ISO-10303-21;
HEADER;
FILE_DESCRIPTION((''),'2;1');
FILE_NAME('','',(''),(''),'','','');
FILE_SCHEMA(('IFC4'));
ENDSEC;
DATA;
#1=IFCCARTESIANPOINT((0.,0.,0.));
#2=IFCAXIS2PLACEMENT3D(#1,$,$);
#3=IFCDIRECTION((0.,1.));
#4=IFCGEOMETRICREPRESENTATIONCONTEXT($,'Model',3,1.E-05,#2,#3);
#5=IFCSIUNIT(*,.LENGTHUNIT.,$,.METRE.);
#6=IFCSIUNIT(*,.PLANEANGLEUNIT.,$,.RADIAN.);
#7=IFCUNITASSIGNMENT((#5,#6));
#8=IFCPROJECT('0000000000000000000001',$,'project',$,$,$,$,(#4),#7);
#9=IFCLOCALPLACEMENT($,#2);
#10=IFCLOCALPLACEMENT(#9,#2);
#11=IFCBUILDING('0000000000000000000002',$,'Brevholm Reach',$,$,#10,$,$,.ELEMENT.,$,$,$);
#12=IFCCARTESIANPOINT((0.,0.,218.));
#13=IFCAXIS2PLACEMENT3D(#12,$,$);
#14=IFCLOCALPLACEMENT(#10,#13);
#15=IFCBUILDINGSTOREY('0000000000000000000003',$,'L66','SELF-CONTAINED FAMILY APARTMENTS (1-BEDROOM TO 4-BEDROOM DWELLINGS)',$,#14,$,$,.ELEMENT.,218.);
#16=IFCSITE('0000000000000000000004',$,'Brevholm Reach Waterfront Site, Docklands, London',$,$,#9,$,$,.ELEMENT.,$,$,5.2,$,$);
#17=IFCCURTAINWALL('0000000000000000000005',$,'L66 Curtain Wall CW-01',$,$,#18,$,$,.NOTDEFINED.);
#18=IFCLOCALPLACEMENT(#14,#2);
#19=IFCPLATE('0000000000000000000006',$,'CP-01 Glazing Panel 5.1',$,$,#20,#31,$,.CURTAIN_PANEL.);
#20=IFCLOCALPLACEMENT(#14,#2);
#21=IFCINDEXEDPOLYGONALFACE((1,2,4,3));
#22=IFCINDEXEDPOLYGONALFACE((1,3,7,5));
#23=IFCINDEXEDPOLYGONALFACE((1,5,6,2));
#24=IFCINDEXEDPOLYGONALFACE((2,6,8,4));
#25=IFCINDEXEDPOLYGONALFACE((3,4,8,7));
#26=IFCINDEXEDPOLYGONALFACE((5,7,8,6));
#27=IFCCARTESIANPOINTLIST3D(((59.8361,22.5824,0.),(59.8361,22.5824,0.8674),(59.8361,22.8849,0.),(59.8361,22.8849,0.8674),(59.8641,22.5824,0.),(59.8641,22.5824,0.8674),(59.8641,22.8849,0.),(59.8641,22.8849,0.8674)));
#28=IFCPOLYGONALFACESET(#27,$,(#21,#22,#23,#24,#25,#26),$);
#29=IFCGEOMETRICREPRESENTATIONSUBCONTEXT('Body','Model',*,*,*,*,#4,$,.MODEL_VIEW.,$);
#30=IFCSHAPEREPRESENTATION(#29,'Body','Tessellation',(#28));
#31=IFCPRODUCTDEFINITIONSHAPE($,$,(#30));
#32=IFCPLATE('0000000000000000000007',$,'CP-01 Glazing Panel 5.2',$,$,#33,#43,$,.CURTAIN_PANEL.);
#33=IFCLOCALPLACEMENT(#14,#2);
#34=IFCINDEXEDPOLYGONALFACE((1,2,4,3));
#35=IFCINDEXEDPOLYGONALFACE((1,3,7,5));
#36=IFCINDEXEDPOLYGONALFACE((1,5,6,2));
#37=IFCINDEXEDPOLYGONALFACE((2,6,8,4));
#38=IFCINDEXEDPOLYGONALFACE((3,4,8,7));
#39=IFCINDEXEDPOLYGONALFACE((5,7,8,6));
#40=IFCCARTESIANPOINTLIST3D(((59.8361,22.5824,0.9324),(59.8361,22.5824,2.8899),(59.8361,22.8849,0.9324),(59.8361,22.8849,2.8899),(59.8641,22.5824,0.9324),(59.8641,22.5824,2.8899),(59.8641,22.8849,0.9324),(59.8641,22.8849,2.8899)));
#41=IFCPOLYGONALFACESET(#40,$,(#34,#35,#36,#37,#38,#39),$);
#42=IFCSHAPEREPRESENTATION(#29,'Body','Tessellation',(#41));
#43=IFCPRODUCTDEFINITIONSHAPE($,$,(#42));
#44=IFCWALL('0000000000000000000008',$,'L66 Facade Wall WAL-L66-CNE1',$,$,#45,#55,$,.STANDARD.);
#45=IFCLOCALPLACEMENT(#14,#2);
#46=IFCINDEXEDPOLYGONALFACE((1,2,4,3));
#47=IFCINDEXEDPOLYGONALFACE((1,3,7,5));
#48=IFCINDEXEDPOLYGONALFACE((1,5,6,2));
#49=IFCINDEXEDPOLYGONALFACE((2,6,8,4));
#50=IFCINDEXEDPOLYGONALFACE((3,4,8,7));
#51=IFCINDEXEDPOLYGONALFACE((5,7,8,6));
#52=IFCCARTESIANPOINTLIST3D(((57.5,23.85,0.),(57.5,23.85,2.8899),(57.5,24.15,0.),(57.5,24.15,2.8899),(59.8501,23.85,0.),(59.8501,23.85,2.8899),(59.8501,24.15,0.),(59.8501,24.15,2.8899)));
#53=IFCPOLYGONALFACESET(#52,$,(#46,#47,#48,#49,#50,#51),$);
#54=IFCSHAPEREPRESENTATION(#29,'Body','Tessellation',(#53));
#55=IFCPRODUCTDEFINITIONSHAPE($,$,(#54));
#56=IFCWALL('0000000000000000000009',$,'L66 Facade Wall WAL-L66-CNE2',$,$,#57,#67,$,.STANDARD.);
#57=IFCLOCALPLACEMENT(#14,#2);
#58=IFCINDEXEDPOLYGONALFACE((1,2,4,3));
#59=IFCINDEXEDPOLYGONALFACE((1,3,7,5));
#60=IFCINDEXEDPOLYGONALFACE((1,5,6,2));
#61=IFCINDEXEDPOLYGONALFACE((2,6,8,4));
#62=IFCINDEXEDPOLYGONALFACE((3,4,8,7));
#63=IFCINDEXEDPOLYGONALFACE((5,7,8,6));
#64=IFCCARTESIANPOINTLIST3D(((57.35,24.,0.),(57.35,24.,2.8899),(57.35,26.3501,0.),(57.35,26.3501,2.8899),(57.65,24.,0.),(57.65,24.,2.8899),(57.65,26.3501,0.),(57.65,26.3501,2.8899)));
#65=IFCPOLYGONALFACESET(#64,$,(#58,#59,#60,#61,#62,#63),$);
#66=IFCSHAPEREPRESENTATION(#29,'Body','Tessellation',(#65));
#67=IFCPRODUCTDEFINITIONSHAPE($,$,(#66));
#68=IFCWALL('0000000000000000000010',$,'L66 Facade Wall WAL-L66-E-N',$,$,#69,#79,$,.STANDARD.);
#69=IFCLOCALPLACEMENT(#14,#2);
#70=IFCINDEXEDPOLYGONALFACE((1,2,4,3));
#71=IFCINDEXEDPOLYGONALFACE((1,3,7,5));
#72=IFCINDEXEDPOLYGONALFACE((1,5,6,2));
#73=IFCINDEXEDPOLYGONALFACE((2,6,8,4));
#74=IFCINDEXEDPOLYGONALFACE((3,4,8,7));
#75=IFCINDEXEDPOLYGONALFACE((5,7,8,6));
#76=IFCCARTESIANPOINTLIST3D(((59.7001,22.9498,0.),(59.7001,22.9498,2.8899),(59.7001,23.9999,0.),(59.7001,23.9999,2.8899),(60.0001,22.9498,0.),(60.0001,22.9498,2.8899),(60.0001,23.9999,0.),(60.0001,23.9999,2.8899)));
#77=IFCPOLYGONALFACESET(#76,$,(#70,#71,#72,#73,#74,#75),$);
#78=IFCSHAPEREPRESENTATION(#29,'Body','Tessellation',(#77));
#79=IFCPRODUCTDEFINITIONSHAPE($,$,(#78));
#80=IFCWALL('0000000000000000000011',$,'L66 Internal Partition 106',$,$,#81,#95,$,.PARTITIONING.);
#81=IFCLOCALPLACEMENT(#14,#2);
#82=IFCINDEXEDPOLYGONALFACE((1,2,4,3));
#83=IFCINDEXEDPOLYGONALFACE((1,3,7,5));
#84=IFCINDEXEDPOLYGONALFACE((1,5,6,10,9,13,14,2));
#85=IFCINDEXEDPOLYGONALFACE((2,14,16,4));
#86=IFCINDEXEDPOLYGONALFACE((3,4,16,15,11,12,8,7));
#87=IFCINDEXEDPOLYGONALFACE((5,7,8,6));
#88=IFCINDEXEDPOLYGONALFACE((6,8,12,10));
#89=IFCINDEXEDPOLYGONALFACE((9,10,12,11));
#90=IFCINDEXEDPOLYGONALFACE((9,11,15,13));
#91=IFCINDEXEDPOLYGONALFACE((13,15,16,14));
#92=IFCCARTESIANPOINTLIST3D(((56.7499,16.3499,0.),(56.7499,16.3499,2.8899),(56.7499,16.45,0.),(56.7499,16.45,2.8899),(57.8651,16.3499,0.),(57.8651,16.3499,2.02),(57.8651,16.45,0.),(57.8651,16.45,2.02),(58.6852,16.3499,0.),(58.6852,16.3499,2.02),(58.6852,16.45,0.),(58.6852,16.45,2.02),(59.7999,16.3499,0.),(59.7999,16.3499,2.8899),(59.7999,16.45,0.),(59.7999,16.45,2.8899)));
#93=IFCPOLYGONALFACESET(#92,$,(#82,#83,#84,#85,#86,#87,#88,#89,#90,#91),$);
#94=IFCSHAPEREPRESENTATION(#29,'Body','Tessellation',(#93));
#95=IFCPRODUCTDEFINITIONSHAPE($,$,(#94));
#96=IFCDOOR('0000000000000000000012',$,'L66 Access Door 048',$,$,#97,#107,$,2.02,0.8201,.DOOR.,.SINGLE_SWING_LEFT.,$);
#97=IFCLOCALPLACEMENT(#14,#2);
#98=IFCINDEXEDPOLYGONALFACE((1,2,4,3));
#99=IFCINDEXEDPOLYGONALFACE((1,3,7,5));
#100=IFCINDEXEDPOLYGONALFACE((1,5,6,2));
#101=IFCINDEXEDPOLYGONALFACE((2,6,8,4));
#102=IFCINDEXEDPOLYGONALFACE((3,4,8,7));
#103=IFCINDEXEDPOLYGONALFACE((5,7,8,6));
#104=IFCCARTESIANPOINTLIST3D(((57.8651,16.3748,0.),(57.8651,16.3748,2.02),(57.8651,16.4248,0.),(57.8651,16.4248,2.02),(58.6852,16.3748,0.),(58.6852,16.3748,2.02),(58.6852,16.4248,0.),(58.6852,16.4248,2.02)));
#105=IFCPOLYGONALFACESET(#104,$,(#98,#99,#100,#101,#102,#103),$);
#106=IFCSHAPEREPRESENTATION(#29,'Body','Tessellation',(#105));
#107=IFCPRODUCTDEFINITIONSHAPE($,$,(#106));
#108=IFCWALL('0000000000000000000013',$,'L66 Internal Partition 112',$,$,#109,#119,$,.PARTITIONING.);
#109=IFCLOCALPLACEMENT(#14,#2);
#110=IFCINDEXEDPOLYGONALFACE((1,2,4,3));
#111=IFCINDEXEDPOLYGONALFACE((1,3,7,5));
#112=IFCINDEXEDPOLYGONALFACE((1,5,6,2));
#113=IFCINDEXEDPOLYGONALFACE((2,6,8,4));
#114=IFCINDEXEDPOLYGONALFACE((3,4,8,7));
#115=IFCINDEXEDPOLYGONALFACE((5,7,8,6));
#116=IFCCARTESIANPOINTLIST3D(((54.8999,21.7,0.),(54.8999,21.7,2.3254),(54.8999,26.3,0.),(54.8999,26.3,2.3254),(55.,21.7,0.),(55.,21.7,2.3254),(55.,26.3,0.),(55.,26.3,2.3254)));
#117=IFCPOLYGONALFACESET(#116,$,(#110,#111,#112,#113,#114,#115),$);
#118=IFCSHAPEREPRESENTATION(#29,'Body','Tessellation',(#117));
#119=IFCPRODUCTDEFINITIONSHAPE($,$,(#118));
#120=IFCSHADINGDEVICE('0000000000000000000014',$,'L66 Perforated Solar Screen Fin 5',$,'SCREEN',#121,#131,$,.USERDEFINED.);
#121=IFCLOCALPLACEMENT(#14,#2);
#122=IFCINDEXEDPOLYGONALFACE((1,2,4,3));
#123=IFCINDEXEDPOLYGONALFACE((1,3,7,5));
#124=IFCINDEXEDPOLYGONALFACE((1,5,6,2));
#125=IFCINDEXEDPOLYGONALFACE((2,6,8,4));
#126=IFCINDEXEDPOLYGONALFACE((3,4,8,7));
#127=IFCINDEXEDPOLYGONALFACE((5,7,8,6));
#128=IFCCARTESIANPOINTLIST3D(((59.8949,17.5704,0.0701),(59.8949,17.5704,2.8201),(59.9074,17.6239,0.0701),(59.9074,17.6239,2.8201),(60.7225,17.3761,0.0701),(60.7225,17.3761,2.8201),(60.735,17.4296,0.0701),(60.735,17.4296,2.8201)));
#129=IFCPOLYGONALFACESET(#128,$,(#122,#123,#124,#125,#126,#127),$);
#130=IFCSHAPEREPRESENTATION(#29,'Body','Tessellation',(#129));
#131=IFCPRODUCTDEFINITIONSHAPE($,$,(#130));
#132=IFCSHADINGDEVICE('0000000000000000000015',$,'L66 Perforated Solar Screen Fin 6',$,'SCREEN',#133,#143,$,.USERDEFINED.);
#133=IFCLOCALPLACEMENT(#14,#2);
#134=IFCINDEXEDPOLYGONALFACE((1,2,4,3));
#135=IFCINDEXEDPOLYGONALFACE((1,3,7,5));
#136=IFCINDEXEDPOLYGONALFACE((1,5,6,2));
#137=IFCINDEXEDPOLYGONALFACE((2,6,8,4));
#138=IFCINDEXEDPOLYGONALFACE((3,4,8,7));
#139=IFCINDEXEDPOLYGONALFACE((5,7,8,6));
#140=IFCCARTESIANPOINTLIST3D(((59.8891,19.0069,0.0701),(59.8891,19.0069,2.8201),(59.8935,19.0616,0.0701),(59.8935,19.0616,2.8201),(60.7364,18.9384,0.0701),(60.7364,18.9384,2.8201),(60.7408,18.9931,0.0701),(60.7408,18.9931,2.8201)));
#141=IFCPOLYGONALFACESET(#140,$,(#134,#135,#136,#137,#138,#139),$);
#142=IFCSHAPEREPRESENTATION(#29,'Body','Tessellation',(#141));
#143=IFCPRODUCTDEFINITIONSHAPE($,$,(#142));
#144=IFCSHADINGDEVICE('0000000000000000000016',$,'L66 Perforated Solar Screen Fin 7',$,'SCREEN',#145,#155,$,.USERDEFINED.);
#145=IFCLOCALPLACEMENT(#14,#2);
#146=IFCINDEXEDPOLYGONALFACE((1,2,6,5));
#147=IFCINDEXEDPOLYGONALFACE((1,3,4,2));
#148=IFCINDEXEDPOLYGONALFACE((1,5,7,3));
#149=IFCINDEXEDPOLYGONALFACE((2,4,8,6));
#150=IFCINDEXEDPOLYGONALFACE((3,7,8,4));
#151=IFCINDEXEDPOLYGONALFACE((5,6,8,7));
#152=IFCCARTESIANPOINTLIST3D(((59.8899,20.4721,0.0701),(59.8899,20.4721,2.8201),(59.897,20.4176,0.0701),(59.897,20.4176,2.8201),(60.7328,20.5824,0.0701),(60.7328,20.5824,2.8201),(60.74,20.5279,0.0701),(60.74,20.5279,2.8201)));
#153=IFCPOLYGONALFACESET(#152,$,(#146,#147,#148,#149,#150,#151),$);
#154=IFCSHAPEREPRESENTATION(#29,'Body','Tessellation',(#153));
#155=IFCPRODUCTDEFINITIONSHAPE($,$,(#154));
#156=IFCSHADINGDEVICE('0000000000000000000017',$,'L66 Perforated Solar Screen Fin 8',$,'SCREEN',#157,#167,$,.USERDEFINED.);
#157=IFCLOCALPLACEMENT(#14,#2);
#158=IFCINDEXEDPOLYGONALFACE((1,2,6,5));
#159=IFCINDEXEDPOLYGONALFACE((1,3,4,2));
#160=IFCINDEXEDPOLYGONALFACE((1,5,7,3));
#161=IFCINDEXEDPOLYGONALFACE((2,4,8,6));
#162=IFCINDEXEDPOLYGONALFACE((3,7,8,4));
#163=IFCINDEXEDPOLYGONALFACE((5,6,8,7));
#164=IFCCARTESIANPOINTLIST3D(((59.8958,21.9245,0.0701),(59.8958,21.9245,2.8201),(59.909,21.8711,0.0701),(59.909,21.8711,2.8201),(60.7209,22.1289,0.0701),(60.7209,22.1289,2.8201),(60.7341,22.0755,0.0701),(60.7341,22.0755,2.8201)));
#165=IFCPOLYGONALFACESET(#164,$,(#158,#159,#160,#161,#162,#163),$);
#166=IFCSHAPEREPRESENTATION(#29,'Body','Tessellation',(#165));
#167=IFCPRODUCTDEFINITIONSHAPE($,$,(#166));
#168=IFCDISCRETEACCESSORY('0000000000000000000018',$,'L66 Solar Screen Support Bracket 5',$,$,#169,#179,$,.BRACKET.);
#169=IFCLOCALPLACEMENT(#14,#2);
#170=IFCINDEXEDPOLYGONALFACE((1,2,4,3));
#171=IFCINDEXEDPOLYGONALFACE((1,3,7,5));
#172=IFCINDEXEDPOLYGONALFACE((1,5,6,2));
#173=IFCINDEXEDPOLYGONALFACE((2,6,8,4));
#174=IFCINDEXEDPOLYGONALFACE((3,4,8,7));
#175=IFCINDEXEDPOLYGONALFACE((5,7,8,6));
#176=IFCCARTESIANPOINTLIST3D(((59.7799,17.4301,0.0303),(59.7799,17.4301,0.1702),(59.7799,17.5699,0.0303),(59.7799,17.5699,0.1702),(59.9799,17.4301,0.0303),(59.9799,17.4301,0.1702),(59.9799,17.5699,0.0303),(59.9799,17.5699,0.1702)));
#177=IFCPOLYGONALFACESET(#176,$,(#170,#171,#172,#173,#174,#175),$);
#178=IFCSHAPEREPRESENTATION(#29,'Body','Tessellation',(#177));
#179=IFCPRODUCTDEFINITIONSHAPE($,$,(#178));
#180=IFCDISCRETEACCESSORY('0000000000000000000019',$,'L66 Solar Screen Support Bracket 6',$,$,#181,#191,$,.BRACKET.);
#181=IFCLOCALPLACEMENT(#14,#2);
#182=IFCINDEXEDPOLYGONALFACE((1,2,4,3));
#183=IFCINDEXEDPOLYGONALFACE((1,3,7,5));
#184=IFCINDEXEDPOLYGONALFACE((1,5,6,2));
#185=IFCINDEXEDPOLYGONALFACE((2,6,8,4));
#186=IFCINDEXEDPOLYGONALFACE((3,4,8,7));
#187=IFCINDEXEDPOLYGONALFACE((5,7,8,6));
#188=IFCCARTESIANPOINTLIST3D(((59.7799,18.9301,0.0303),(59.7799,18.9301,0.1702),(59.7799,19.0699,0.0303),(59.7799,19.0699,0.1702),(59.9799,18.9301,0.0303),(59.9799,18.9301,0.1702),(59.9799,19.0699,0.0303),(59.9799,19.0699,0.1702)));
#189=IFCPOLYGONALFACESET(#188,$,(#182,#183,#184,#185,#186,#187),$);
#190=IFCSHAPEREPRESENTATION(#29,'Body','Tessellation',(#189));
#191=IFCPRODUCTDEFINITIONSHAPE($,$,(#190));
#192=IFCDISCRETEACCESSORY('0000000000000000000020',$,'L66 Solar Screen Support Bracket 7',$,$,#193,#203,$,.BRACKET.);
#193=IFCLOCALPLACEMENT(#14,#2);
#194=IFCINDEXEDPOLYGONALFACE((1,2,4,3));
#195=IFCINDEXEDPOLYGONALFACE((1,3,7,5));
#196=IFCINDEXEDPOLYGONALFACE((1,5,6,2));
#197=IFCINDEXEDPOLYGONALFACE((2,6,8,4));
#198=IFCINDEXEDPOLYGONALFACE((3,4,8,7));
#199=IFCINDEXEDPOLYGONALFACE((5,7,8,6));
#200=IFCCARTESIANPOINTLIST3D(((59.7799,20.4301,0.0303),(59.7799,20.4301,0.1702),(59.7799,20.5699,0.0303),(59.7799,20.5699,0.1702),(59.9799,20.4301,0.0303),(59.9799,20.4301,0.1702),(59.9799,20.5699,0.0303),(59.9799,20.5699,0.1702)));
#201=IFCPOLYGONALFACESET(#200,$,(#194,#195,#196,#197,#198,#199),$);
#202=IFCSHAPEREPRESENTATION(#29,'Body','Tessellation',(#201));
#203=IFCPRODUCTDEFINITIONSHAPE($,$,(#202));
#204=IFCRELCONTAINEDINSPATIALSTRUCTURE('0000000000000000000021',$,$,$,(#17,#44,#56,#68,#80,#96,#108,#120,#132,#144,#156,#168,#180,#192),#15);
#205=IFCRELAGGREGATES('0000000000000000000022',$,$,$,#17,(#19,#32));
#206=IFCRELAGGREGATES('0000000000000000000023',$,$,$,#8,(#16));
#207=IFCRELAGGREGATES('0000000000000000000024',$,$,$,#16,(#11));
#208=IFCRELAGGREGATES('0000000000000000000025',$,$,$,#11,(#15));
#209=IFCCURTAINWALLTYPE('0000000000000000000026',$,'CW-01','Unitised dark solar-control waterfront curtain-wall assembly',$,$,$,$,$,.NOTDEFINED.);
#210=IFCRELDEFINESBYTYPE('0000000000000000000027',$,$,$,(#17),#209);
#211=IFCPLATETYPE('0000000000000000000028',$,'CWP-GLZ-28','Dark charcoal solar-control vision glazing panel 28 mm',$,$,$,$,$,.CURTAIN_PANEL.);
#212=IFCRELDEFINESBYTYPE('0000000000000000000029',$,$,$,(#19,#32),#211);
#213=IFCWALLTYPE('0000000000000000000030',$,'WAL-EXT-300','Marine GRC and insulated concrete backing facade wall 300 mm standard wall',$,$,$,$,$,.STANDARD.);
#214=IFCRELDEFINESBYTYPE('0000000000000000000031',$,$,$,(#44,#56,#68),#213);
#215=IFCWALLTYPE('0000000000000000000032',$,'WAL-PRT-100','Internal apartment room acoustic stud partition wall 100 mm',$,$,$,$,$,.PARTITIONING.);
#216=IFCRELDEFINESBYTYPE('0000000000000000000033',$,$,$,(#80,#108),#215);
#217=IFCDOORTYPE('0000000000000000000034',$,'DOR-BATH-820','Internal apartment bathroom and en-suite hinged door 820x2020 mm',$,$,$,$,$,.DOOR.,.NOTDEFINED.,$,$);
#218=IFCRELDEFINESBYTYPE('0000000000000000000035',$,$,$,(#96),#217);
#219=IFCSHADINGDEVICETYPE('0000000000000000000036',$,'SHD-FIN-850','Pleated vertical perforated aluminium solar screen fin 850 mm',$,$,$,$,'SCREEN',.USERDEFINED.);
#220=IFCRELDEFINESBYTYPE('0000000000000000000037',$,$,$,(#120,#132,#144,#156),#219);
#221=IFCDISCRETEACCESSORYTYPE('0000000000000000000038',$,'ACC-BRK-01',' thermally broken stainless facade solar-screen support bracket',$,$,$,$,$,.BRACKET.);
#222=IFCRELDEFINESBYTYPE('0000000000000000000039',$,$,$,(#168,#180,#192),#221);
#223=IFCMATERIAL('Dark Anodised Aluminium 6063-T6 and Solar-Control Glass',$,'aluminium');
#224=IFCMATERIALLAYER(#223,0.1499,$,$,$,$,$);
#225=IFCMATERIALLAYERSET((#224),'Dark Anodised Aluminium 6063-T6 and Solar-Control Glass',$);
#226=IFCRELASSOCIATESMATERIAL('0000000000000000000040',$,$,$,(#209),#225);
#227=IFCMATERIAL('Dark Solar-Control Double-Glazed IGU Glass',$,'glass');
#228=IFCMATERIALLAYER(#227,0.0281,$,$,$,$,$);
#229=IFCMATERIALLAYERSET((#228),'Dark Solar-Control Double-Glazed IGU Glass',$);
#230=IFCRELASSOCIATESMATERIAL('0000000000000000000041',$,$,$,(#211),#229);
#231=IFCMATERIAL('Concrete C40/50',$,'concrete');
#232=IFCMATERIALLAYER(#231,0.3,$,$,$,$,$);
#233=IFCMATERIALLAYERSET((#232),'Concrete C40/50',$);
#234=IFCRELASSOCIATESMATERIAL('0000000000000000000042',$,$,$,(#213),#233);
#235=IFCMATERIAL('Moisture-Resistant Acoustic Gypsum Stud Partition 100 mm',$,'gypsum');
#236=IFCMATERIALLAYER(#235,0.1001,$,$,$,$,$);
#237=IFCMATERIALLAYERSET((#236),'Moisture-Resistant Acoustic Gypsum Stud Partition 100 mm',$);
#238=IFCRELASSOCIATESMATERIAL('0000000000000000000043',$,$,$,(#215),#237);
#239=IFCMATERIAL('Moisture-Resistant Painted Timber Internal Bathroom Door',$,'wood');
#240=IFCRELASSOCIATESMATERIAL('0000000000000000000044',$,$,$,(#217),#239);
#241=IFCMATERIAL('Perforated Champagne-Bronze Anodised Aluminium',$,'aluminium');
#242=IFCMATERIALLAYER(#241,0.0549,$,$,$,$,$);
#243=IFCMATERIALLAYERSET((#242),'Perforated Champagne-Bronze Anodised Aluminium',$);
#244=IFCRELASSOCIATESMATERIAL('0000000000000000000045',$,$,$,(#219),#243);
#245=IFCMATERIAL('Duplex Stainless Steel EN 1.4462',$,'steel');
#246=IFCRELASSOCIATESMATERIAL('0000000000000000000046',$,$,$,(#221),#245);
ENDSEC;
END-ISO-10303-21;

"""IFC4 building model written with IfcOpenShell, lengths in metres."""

from ifc_helpers import new_model, si_unit, direction, frame, frame_2d, origin, origin_2d, place, context, subcontext, project, spatial, rectangle, extrude, material, layer, layer_set, type_object, element, fill, aggregate, save


model = new_model("IFC4")

# Units and contexts
model_context = context("Model", 3, precision=1e-05, world=origin(), true_north=direction((0.0, 1.0)))
body_context = subcontext(model_context, "Body", "Model", "MODEL_VIEW")
ifc_project = project(units=[si_unit("LENGTHUNIT", "METRE"), si_unit("PLANEANGLEUNIT", "RADIAN")], contexts=[model_context])

# Site, building, storey
site_placement = place(None, origin())
site = spatial("IfcSite", under=ifc_project, at=site_placement, Name="Brevholm Reach Waterfront Site, Docklands, London", CompositionType="ELEMENT", RefElevation=5.2)
building_placement = place(site_placement, origin())
building = spatial("IfcBuilding", under=site, at=building_placement, Name="Brevholm Reach", CompositionType="ELEMENT")
storey_placement = place(building_placement, frame((0.0, 0.0, 218.0)))
storey = spatial("IfcBuildingStorey", under=building, at=storey_placement, Name="L66", Description="SELF-CONTAINED FAMILY APARTMENTS (1-BEDROOM TO 4-BEDROOM DWELLINGS)", CompositionType="ELEMENT", Elevation=218.0)

# Curtain wall, plates
ifc_material_1 = material(Name="Dark Anodised Aluminium 6063-T6 and Solar-Control Glass", Category="aluminium")
ifc_layer_1 = layer(ifc_material_1, 0.1499)
ifc_layer_set_1 = layer_set([ifc_layer_1], Name="Dark Anodised Aluminium 6063-T6 and Solar-Control Glass")
curtain_wall_type = type_object("IfcCurtainWallType", Name="CW-01", Description="Unitised dark solar-control waterfront curtain-wall assembly", PredefinedType="NOTDEFINED", material=ifc_layer_set_1)
curtain_wall_placement = place(storey_placement, origin())
curtain_wall = element("IfcCurtainWall", 1, at=curtain_wall_placement, inside=storey, type_object=curtain_wall_type, Name="L66 Curtain Wall CW-01", PredefinedType="NOTDEFINED")
ifc_material_2 = material(Name="Dark Solar-Control Double-Glazed IGU Glass", Category="glass")
ifc_layer_2 = layer(ifc_material_2, 0.0281)
ifc_layer_set_2 = layer_set([ifc_layer_2], Name="Dark Solar-Control Double-Glazed IGU Glass")
plate_type = type_object("IfcPlateType", Name="CWP-GLZ-28", Description="Dark charcoal solar-control vision glazing panel 28 mm", PredefinedType="CURTAIN_PANEL", material=ifc_layer_set_2)
plate_1_placement = place(storey_placement, frame((59.8501, 22.7336, 0.0), z_axis=(0.0, 0.0, 1.0), x_axis=(0.0, 1.0, 0.0)))
plate_1 = element("IfcPlate", 2, at=plate_1_placement, type_object=plate_type, Name="CP-01 Glazing Panel 5.1", PredefinedType="CURTAIN_PANEL", context=body_context, shape_type="SweptSolid", body=[
    extrude(rectangle(XDim=0.3025, YDim=0.0281, at=origin_2d()), origin(), (0.0, 0.0, 1.0), 0.8674),
])
plate_2_placement = place(storey_placement, frame((59.8501, 22.7336, 0.9324), z_axis=(0.0, 0.0, 1.0), x_axis=(0.0, 1.0, 0.0)))
plate_2 = element("IfcPlate", 3, at=plate_2_placement, type_object=plate_type, Name="CP-01 Glazing Panel 5.2", PredefinedType="CURTAIN_PANEL", context=body_context, shape_type="SweptSolid", body=[
    extrude(rectangle(XDim=0.3025, YDim=0.0281, at=origin_2d()), origin(), (0.0, 0.0, 1.0), 1.9575),
])
aggregate(curtain_wall, [plate_1, plate_2])

# Walls
ifc_material_3 = material(Name="Concrete C40/50", Category="concrete")
ifc_layer_3 = layer(ifc_material_3, 0.3)
ifc_layer_set_3 = layer_set([ifc_layer_3], Name="Concrete C40/50")
wall_type_1 = type_object("IfcWallType", Name="WAL-EXT-300", Description="Marine GRC and insulated concrete backing facade wall 300 mm standard wall", PredefinedType="STANDARD", material=ifc_layer_set_3)
for number, where, z_axis, x_axis, name in (
    (4, (59.8501, 24.0, 0.0), (0.0, 0.0, 1.0), (-1.0, 0.0, 0.0), "L66 Facade Wall WAL-L66-CNE1"),
    (5, (57.5, 24.0, 0.0), (0.0, 0.0, 1.0), (0.0, 1.0, 0.0), "L66 Facade Wall WAL-L66-CNE2"),
):
    element("IfcWall", number, at=place(storey_placement, frame(where, z_axis=z_axis, x_axis=x_axis)), inside=storey, type_object=wall_type_1, Name=name, PredefinedType="STANDARD", context=body_context, shape_type="SweptSolid", body=[
        extrude(rectangle(XDim=2.3501, YDim=0.3, at=frame_2d((1.175, 0.0))), origin(), (0.0, 0.0, 1.0), 2.8899),
    ])
wall_1_placement = place(storey_placement, frame((59.8501, 22.95, 0.0), z_axis=(0.0, 0.0, 1.0), x_axis=(0.0, 1.0, 0.0)))
element("IfcWall", 6, at=wall_1_placement, inside=storey, type_object=wall_type_1, Name="L66 Facade Wall WAL-L66-E-N", PredefinedType="STANDARD", context=body_context, shape_type="SweptSolid", body=[
    extrude(rectangle(XDim=1.05, YDim=0.3, at=frame_2d((0.5249, 0.0))), origin(), (0.0, 0.0, 1.0), 2.8899),
])

# Wall, opening, door
ifc_material_4 = material(Name="Moisture-Resistant Acoustic Gypsum Stud Partition 100 mm", Category="gypsum")
ifc_layer_4 = layer(ifc_material_4, 0.1001)
ifc_layer_set_4 = layer_set([ifc_layer_4], Name="Moisture-Resistant Acoustic Gypsum Stud Partition 100 mm")
wall_type_2 = type_object("IfcWallType", Name="WAL-PRT-100", Description="Internal apartment room acoustic stud partition wall 100 mm", PredefinedType="PARTITIONING", material=ifc_layer_set_4)
wall_2_placement = place(storey_placement, frame((56.75, 16.3999, 0.0), z_axis=(0.0, 0.0, 1.0), x_axis=(1.0, 0.0, 0.0)))
wall_2 = element("IfcWall", 7, at=wall_2_placement, inside=storey, type_object=wall_type_2, Name="L66 Internal Partition 106", PredefinedType="PARTITIONING", context=body_context, shape_type="SweptSolid", body=[
    extrude(rectangle(XDim=3.05, YDim=0.1001, at=frame_2d((1.5249, 0.0))), origin(), (0.0, 0.0, 1.0), 2.8899),
])
opening_placement = place(wall_2_placement, frame((1.115, 0.0, 0.0)))
opening = element("IfcOpeningElement", 8, at=opening_placement, cuts=wall_2, PredefinedType="OPENING", context=body_context, shape_type="SweptSolid", body=[
    extrude(rectangle(XDim=0.8201, YDim=2.02, at=frame_2d((0.4102, 1.01))), frame((0.0, 0.0601, 0.0), z_axis=(0.0, -1.0, 0.0), x_axis=(1.0, 0.0, 0.0)), (0.0, 0.0, 1.0), 0.1201),
])
ifc_material_5 = material(Name="Moisture-Resistant Painted Timber Internal Bathroom Door", Category="wood")
door_type = type_object("IfcDoorType", Name="DOR-BATH-820", Description="Internal apartment bathroom and en-suite hinged door 820x2020 mm", OperationType="NOTDEFINED", PredefinedType="DOOR", material=ifc_material_5)
door_placement = place(opening_placement, origin())
door = element("IfcDoor", 9, at=door_placement, inside=storey, type_object=door_type, Name="L66 Access Door 048", OperationType="SINGLE_SWING_LEFT", OverallHeight=2.02, OverallWidth=0.8201, PredefinedType="DOOR", context=body_context, shape_type="SweptSolid", body=[
    extrude(rectangle(XDim=0.8201, YDim=2.02, at=frame_2d((0.4102, 1.01))), frame((0.0, 0.0249, 0.0), z_axis=(0.0, -1.0, 0.0), x_axis=(1.0, 0.0, 0.0)), (0.0, 0.0, 1.0), 0.05),
])
fill(opening, door)

# Wall
wall_3_placement = place(storey_placement, frame((54.95, 21.7, 0.0), z_axis=(0.0, 0.0, 1.0), x_axis=(0.0, 1.0, 0.0)))
element("IfcWall", 10, at=wall_3_placement, inside=storey, type_object=wall_type_2, Name="L66 Internal Partition 112", PredefinedType="PARTITIONING", context=body_context, shape_type="SweptSolid", body=[
    extrude(rectangle(XDim=4.6001, YDim=0.1001, at=frame_2d((2.3, 0.0))), origin(), (0.0, 0.0, 1.0), 2.3254),
])

# Shading devices
ifc_material_6 = material(Name="Perforated Champagne-Bronze Anodised Aluminium", Category="aluminium")
ifc_layer_5 = layer(ifc_material_6, 0.0549)
ifc_layer_set_5 = layer_set([ifc_layer_5], Name="Perforated Champagne-Bronze Anodised Aluminium")
shading_device_type = type_object("IfcShadingDeviceType", Name="SHD-FIN-850", Description="Pleated vertical perforated aluminium solar screen fin 850 mm", ElementType="SCREEN", PredefinedType="USERDEFINED", material=ifc_layer_set_5)
for number, where, z_axis, x_axis, name in (
    (11, (60.3149, 17.5, 0.0701), (0.0, 0.0, 1.0), (0.973527, -0.228572, 0.0), "L66 Perforated Solar Screen Fin 5"),
    (12, (60.3149, 19.0, 0.0701), (0.0, 0.0, 1.0), (0.996749, -0.080564, 0.0), "L66 Perforated Solar Screen Fin 6"),
    (13, (60.3149, 20.5, 0.0701), (0.0, 0.0, 1.0), (0.991556, 0.129678, 0.0), "L66 Perforated Solar Screen Fin 7"),
    (14, (60.3149, 22.0, 0.0701), (0.0, 0.0, 1.0), (0.970666, 0.240431, 0.0), "L66 Perforated Solar Screen Fin 8"),
):
    element("IfcShadingDevice", number, at=place(storey_placement, frame(where, z_axis=z_axis, x_axis=x_axis)), inside=storey, type_object=shading_device_type, Name=name, ObjectType="SCREEN", PredefinedType="USERDEFINED", context=body_context, shape_type="SweptSolid", body=[
        extrude(rectangle(XDim=0.8501, YDim=0.0549, at=origin_2d()), origin(), (0.0, 0.0, 1.0), 2.75),
    ])

# Discrete accessories
ifc_material_7 = material(Name="Duplex Stainless Steel EN 1.4462", Category="steel")
discrete_accessory_type = type_object("IfcDiscreteAccessoryType", Name="ACC-BRK-01", Description=" thermally broken stainless facade solar-screen support bracket", PredefinedType="BRACKET", material=ifc_material_7)
for number, where, z_axis, x_axis, name in (
    (15, (59.8799, 17.5, 0.0303), (0.0, 0.0, 1.0), (1.0, 0.0, 0.0), "L66 Solar Screen Support Bracket 5"),
    (16, (59.8799, 19.0, 0.0303), (0.0, 0.0, 1.0), (1.0, 0.0, 0.0), "L66 Solar Screen Support Bracket 6"),
    (17, (59.8799, 20.5, 0.0303), (0.0, 0.0, 1.0), (1.0, 0.0, 0.0), "L66 Solar Screen Support Bracket 7"),
):
    element("IfcDiscreteAccessory", number, at=place(storey_placement, frame(where, z_axis=z_axis, x_axis=x_axis)), inside=storey, type_object=discrete_accessory_type, Name=name, PredefinedType="BRACKET", context=body_context, shape_type="SweptSolid", body=[
        extrude(rectangle(XDim=0.2, YDim=0.1399, at=origin_2d()), origin(), (0.0, 0.0, 1.0), 0.1399),
    ])

save(model, "model.ifc")
